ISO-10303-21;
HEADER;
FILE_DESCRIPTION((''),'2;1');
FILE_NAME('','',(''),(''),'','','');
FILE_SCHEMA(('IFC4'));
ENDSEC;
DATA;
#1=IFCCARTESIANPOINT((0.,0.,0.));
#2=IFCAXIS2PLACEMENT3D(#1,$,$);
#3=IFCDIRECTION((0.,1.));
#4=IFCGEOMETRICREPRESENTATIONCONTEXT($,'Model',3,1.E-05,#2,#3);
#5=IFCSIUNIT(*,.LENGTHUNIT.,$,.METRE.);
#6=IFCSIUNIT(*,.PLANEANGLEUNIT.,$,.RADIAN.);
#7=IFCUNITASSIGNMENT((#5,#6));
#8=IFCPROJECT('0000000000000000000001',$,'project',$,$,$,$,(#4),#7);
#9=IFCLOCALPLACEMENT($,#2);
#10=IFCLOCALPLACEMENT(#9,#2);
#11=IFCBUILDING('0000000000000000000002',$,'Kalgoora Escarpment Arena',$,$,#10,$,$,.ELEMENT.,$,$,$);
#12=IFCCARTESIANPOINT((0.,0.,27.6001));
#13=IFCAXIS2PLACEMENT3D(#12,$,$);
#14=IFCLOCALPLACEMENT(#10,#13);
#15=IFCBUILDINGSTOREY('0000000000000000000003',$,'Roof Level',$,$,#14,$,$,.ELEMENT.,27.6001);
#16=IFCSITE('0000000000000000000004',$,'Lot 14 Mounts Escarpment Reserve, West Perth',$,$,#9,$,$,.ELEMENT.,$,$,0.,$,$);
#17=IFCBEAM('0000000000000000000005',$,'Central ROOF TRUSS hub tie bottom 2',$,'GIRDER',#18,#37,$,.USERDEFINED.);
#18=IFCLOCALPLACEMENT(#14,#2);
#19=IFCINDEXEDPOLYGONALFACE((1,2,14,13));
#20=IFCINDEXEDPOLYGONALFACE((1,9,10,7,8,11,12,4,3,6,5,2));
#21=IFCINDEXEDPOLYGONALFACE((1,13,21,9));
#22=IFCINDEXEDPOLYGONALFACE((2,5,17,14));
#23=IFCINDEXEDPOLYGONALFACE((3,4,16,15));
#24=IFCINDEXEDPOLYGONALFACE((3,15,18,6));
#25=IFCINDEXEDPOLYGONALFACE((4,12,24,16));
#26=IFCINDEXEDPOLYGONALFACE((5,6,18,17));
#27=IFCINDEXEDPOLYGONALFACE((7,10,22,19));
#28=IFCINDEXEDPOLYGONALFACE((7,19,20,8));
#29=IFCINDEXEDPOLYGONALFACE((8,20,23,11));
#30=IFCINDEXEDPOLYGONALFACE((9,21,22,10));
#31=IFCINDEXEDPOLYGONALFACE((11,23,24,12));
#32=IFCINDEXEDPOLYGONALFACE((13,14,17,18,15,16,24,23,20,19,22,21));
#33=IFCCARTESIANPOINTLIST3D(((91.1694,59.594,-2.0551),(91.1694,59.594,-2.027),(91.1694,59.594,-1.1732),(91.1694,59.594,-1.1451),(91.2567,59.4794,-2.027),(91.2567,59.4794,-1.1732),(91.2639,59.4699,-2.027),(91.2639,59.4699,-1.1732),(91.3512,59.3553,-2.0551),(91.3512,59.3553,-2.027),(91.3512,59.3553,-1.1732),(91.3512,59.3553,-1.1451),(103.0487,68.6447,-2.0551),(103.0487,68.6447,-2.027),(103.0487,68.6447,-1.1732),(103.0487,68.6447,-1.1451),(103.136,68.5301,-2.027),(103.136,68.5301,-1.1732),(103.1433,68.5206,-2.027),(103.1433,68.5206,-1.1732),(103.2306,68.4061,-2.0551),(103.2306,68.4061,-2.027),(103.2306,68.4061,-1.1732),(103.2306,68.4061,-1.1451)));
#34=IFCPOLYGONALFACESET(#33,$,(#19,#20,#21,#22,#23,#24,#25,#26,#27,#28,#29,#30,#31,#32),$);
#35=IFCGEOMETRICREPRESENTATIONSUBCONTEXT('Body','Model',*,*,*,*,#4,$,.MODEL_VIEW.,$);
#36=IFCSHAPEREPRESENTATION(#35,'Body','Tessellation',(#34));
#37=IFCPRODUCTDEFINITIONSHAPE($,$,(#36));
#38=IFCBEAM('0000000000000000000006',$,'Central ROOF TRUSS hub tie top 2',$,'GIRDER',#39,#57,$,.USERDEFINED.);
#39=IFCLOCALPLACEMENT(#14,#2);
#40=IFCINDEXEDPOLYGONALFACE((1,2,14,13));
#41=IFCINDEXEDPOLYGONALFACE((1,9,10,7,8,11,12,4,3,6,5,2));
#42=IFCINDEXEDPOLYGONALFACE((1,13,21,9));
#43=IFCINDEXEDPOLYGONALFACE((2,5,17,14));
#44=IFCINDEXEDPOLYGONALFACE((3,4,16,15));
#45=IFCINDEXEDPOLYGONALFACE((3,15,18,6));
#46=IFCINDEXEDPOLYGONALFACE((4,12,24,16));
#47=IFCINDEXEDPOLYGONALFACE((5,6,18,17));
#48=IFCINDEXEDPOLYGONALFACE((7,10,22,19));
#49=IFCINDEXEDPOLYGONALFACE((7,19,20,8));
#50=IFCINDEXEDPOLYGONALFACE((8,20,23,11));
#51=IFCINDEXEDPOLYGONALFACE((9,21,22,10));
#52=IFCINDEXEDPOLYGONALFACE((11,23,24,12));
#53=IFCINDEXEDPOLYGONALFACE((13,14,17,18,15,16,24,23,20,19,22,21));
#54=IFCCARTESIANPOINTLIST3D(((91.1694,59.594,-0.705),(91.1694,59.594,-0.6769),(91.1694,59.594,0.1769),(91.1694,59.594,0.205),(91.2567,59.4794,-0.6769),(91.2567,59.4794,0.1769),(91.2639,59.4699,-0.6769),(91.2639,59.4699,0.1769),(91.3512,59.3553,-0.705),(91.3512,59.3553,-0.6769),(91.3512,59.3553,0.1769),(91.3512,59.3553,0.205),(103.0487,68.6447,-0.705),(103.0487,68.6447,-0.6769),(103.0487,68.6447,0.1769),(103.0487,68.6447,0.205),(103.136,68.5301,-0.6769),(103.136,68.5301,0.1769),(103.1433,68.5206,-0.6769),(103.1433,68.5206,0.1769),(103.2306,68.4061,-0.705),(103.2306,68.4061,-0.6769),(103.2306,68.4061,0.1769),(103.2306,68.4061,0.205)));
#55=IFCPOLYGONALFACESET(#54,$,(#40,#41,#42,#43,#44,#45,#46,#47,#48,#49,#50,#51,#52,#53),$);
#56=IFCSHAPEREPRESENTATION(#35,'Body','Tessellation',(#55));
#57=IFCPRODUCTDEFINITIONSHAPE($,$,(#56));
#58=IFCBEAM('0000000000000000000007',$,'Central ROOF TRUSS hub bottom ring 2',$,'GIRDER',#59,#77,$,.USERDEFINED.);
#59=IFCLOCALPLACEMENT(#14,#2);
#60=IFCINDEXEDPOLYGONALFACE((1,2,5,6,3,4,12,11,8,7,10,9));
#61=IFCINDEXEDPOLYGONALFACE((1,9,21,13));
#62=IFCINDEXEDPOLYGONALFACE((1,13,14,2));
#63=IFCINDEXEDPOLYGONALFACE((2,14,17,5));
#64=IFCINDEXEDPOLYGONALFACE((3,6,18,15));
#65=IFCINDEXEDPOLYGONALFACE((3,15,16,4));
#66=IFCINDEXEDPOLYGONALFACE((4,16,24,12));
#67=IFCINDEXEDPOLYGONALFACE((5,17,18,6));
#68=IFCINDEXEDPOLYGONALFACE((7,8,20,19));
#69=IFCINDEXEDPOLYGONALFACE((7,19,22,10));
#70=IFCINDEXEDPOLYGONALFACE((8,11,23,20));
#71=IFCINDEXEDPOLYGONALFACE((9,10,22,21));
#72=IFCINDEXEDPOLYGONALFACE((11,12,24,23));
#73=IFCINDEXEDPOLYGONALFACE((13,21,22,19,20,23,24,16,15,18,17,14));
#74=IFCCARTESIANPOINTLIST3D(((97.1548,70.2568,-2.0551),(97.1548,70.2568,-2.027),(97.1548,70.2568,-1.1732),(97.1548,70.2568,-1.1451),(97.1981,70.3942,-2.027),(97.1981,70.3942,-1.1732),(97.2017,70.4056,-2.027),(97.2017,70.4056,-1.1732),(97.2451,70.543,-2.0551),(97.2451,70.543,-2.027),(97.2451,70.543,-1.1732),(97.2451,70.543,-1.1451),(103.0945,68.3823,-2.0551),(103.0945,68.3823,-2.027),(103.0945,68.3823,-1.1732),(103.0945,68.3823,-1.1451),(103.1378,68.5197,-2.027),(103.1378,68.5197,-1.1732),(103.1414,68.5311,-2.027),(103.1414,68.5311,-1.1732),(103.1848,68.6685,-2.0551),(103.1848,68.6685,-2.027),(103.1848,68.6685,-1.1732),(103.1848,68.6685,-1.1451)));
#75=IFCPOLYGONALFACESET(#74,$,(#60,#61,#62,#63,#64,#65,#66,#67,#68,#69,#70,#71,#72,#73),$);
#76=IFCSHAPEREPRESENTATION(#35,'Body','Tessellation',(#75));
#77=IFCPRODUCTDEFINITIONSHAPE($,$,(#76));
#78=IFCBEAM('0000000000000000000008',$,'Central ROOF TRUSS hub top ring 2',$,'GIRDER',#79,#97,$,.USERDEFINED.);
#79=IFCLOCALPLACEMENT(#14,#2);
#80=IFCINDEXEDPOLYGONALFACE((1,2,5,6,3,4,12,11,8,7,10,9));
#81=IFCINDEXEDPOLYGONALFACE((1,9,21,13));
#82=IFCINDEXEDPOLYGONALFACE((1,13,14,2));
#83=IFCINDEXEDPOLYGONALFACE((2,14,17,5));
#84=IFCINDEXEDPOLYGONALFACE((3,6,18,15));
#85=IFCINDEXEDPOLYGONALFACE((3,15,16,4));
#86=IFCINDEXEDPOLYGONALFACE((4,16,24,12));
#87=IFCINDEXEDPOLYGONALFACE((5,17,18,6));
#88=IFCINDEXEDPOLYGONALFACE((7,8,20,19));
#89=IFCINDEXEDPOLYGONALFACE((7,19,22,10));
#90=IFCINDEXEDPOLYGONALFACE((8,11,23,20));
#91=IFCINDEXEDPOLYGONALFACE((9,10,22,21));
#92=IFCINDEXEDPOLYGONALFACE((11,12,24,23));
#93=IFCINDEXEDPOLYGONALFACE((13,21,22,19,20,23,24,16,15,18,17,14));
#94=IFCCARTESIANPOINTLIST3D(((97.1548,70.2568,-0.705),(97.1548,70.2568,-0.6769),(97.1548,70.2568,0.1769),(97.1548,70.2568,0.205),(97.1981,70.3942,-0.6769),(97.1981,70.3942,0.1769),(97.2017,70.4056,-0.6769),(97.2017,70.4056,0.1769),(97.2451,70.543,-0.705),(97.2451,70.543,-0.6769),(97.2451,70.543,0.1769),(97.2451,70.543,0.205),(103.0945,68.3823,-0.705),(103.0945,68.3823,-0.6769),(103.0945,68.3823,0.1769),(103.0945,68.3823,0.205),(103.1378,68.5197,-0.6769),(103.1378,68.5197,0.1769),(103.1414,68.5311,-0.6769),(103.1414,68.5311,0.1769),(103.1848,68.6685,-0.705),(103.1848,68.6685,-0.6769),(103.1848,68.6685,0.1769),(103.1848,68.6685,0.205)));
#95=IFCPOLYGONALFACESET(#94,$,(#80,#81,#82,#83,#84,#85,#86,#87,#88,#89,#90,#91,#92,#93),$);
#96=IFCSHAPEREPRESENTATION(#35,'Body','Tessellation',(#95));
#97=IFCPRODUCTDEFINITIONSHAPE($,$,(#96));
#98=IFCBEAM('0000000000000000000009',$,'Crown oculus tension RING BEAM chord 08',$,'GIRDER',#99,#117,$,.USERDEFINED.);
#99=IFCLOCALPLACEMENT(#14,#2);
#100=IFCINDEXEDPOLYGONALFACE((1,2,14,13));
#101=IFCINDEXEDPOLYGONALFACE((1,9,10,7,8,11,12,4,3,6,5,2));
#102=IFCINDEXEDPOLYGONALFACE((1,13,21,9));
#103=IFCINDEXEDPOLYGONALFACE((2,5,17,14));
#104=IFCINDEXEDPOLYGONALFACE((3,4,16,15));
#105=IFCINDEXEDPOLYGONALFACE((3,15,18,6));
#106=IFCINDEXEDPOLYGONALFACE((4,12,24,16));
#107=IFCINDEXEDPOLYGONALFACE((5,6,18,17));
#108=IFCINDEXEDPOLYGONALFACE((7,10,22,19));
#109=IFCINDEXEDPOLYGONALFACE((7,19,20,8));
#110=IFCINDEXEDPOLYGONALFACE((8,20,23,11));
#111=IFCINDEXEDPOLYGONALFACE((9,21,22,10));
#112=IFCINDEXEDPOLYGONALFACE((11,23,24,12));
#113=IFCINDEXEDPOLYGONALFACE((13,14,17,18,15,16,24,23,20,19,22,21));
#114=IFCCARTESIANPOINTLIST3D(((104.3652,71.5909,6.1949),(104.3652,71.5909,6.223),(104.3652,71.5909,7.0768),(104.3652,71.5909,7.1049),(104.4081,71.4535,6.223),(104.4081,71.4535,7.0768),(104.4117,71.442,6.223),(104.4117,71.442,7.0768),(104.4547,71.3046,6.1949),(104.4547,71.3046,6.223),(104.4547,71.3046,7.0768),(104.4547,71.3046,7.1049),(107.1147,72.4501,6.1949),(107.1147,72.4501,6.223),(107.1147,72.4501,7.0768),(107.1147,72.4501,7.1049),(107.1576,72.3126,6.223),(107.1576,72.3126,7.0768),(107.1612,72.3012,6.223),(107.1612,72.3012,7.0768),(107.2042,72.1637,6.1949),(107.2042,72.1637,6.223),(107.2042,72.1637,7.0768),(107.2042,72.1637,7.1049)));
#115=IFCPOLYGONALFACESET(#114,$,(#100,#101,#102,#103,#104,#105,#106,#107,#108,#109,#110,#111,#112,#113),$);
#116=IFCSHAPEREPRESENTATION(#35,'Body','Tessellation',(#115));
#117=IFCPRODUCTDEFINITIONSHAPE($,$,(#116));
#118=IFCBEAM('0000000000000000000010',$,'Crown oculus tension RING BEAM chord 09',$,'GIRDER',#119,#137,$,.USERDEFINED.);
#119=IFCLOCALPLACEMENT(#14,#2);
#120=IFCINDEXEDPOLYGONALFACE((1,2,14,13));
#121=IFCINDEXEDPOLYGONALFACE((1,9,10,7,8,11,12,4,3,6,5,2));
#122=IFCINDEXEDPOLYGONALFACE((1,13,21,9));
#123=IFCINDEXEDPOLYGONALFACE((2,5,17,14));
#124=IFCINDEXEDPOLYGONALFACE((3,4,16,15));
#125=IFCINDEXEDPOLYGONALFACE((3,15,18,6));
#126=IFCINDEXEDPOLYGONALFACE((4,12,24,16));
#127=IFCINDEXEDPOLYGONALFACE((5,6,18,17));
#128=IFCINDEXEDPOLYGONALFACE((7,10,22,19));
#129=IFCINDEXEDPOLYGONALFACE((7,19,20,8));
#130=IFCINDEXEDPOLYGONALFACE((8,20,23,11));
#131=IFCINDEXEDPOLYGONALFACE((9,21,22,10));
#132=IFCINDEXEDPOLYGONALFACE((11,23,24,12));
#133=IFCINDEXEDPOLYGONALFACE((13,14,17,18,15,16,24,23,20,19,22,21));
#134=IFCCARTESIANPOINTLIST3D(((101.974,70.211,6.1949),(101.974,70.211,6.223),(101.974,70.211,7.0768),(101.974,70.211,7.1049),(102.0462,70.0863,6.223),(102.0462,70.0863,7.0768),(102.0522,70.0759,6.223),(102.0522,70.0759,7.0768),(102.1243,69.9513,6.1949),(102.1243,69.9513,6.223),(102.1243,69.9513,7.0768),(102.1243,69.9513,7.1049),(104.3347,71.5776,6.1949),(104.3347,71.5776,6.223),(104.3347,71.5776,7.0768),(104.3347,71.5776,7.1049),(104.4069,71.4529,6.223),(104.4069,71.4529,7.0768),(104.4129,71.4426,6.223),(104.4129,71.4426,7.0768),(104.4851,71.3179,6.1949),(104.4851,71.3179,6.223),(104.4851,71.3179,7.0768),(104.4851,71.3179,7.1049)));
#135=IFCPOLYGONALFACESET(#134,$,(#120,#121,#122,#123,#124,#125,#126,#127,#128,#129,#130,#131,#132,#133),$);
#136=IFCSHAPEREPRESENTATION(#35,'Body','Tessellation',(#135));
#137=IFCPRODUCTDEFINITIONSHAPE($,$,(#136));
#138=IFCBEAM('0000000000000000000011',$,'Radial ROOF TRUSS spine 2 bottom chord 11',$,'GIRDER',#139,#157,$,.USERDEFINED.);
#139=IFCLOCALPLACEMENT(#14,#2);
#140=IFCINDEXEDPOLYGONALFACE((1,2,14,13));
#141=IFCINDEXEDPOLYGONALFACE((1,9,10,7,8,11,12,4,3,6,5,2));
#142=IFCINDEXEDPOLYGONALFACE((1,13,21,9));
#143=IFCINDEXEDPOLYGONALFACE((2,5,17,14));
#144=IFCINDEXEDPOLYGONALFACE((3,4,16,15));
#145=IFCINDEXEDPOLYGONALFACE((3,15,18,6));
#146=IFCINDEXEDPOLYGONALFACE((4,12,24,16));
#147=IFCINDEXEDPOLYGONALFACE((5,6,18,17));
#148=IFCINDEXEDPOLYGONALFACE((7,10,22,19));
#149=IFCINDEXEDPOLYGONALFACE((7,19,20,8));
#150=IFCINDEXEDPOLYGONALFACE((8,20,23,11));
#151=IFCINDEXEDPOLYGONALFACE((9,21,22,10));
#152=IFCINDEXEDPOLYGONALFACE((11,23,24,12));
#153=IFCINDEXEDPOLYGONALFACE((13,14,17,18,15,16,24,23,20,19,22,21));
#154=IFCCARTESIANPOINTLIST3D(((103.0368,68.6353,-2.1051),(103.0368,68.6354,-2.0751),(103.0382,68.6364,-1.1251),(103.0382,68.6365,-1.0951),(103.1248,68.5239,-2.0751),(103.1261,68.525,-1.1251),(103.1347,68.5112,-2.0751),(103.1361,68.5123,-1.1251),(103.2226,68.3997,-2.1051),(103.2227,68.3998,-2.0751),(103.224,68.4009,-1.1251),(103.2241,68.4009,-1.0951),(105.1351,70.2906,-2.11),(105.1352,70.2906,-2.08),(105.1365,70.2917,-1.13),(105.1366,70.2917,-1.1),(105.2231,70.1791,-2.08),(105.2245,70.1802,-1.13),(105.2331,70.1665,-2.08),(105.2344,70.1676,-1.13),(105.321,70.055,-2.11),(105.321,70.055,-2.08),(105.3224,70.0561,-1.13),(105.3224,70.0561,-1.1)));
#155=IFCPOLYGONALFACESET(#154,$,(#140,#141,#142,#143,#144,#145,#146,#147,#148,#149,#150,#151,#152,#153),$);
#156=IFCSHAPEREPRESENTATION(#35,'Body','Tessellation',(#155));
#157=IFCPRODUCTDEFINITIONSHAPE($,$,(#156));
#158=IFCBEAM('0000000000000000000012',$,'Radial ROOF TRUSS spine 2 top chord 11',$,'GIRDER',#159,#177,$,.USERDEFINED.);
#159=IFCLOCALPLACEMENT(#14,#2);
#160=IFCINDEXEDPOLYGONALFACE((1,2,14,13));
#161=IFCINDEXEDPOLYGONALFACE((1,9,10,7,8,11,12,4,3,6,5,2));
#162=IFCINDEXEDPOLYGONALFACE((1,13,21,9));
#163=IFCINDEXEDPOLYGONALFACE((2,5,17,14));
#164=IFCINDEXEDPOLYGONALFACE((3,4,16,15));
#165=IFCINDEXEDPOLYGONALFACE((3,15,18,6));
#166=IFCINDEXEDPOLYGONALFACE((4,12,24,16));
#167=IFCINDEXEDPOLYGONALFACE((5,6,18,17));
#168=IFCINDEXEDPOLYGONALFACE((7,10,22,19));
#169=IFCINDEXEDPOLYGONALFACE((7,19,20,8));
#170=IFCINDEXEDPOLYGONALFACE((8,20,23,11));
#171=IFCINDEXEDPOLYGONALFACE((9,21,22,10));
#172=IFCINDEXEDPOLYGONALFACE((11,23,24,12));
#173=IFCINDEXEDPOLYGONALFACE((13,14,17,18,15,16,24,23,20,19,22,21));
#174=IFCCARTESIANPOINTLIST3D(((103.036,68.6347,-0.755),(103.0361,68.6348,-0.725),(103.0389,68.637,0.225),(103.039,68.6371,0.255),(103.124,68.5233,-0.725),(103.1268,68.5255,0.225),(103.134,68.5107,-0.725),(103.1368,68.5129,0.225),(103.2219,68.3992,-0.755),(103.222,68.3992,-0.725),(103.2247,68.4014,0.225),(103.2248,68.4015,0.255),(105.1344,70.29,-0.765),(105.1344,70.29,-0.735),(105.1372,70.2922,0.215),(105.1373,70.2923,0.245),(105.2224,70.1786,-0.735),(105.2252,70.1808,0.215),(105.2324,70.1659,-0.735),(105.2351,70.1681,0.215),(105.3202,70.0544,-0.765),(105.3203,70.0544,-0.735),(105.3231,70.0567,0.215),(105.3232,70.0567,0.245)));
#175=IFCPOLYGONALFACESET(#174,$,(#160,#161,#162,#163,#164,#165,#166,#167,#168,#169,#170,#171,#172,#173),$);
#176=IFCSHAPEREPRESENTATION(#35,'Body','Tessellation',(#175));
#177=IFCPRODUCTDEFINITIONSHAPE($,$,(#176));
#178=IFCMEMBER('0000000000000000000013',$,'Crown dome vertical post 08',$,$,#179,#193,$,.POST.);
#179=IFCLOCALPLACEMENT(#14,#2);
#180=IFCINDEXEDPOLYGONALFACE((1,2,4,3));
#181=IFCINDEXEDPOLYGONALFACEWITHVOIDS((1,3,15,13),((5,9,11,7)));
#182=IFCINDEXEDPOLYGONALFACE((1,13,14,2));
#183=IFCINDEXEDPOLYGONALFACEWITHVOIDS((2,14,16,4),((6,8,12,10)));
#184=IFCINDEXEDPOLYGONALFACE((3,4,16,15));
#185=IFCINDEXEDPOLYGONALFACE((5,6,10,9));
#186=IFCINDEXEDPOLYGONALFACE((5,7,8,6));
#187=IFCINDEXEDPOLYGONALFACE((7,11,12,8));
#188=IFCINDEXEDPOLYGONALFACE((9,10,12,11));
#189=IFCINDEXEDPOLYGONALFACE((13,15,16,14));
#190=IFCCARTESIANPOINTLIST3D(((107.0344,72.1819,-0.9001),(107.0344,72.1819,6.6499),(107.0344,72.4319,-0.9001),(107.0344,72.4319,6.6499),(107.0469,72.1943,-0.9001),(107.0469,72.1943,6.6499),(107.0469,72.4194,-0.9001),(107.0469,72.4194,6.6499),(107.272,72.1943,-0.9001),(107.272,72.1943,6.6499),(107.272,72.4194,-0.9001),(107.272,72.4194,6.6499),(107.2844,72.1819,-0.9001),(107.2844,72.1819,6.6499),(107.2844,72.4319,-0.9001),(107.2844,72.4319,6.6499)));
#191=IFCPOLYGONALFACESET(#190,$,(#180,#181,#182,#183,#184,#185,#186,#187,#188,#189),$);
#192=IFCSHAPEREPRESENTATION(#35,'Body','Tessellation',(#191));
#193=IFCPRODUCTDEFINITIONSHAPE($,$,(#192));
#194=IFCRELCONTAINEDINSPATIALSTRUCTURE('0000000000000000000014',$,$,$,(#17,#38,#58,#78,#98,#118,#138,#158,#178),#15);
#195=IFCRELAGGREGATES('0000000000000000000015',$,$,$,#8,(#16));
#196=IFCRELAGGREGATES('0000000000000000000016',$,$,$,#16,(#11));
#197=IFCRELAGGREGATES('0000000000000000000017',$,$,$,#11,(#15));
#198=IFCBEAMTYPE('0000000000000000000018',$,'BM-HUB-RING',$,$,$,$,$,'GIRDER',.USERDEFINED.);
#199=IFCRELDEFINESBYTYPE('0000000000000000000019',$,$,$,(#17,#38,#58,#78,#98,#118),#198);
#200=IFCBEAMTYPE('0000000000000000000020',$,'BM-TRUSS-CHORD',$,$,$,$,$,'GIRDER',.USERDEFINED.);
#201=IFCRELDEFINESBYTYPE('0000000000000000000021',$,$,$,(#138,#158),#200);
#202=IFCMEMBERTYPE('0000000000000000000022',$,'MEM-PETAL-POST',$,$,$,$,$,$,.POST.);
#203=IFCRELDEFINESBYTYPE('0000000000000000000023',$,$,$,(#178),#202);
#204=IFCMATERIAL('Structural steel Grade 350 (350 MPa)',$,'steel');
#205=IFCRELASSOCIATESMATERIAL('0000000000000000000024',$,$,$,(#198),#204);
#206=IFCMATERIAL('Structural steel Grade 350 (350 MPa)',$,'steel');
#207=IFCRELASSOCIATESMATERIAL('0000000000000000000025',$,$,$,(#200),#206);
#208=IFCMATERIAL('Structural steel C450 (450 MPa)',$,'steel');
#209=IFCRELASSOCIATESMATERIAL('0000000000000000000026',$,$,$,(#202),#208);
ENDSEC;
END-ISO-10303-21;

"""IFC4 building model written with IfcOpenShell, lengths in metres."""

from ifc_helpers import new_model, si_unit, direction, frame, origin, origin_2d, place, context, subcontext, project, spatial, hollow_rectangle, i_section, extrude, material, material_profile, profile_set, type_object, element, save


model = new_model("IFC4")

# Units and contexts
model_context = context("Model", 3, precision=1e-05, world=origin(), true_north=direction((0.0, 1.0)))
body_context = subcontext(model_context, "Body", "Model", "MODEL_VIEW")
ifc_project = project(units=[si_unit("LENGTHUNIT", "METRE"), si_unit("PLANEANGLEUNIT", "RADIAN")], contexts=[model_context])

# Site, building, storey
site_placement = place(None, origin())
site = spatial("IfcSite", under=ifc_project, at=site_placement, Name="Lot 14 Mounts Escarpment Reserve, West Perth", CompositionType="ELEMENT", RefElevation=0.0)
building_placement = place(site_placement, origin())
building = spatial("IfcBuilding", under=site, at=building_placement, Name="Kalgoora Escarpment Arena", CompositionType="ELEMENT")
storey_placement = place(building_placement, frame((0.0, 0.0, 27.6001)))
storey = spatial("IfcBuildingStorey", under=building, at=storey_placement, Name="Roof Level", CompositionType="ELEMENT", Elevation=27.6001)

# Beams
ifc_material_1 = material(Name="Structural steel Grade 350 (350 MPa)", Category="steel")
ifc_material_profile_1 = material_profile(ifc_material_1, i_section(OverallWidth=0.3, OverallDepth=0.9099, WebThickness=0.012, FlangeThickness=0.0281, at=origin_2d()))
ifc_profile_set_1 = profile_set([ifc_material_profile_1], Name="Structural steel Grade 350 (350 MPa)")
beam_type_1 = type_object("IfcBeamType", Name="BM-HUB-RING", ElementType="GIRDER", PredefinedType="USERDEFINED", material=ifc_profile_set_1)
for number, where, z_axis, x_axis, name in (
    (1, (103.1396, 68.5254, -1.6001), (-0.795438, -0.606035, 0.0), (0.606035, -0.795438, 0.0), "Central ROOF TRUSS hub tie bottom 2"),
    (2, (103.1396, 68.5254, -0.25), (-0.795438, -0.606035, 0.0), (0.606035, -0.795438, 0.0), "Central ROOF TRUSS hub tie top 2"),
):
    element("IfcBeam", number, at=place(storey_placement, frame(where, z_axis=z_axis, x_axis=x_axis)), inside=storey, type_object=beam_type_1, Name=name, ObjectType="GIRDER", PredefinedType="USERDEFINED", context=body_context, shape_type="SweptSolid", body=[
        extrude(i_section(OverallWidth=0.3, OverallDepth=0.9099, WebThickness=0.012, FlangeThickness=0.0281, at=origin_2d()), origin(), (0.0, 0.0, 1.0), 14.9343),
    ])
for number, where, z_axis, x_axis, name in (
    (3, (103.1396, 68.5254, -1.6001), (-0.953637, 0.300959, 0.0), (-0.300959, -0.953637, 0.0), "Central ROOF TRUSS hub bottom ring 2"),
    (4, (103.1396, 68.5254, -0.25), (-0.953637, 0.300959, 0.0), (-0.300959, -0.953637, 0.0), "Central ROOF TRUSS hub top ring 2"),
):
    element("IfcBeam", number, at=place(storey_placement, frame(where, z_axis=z_axis, x_axis=x_axis)), inside=storey, type_object=beam_type_1, Name=name, ObjectType="GIRDER", PredefinedType="USERDEFINED", context=body_context, shape_type="SweptSolid", body=[
        extrude(i_section(OverallWidth=0.3, OverallDepth=0.9099, WebThickness=0.012, FlangeThickness=0.0281, at=origin_2d()), origin(), (0.0, 0.0, 1.0), 6.2285),
    ])
beam_1_placement = place(storey_placement, frame((107.1594, 72.3069, 6.6499), z_axis=(-0.954489, -0.298246, 0.0), x_axis=(0.298246, -0.954489, 0.0)))
element("IfcBeam", 5, at=beam_1_placement, inside=storey, type_object=beam_type_1, Name="Crown oculus tension RING BEAM chord 08", ObjectType="GIRDER", PredefinedType="USERDEFINED", context=body_context, shape_type="SweptSolid", body=[
    extrude(i_section(OverallWidth=0.3, OverallDepth=0.9099, WebThickness=0.012, FlangeThickness=0.0281, at=origin_2d()), origin(), (0.0, 0.0, 1.0), 2.8806),
])
beam_2_placement = place(storey_placement, frame((104.4099, 71.4478, 6.6499), z_axis=(-0.865443, -0.501008, 0.0), x_axis=(0.501008, -0.865443, 0.0)))
element("IfcBeam", 6, at=beam_2_placement, inside=storey, type_object=beam_type_1, Name="Crown oculus tension RING BEAM chord 09", ObjectType="GIRDER", PredefinedType="USERDEFINED", context=body_context, shape_type="SweptSolid", body=[
    extrude(i_section(OverallWidth=0.3, OverallDepth=0.9099, WebThickness=0.012, FlangeThickness=0.0281, at=origin_2d()), origin(), (0.0, 0.0, 1.0), 2.7278),
])
ifc_material_2 = material(Name="Structural steel Grade 350 (350 MPa)", Category="steel")
ifc_material_profile_2 = material_profile(ifc_material_2, i_section(OverallWidth=0.3, OverallDepth=1.01, WebThickness=0.0161, FlangeThickness=0.03, at=origin_2d()))
ifc_profile_set_2 = profile_set([ifc_material_profile_2], Name="Structural steel Grade 350 (350 MPa)")
beam_type_2 = type_object("IfcBeamType", Name="BM-TRUSS-CHORD", ElementType="GIRDER", PredefinedType="USERDEFINED", material=ifc_profile_set_2)
for number, where, z_axis, x_axis, name in (
    (7, (105.2288, 70.1733, -1.605), (-0.785127, -0.619332, 0.001827), (0.619333, -0.785128, 0.0), "Radial ROOF TRUSS spine 2 bottom chord 11"),
    (8, (105.2288, 70.1733, -0.26), (-0.785123, -0.619329, 0.003745), (0.619333, -0.785128, 0.0), "Radial ROOF TRUSS spine 2 top chord 11"),
):
    element("IfcBeam", number, at=place(storey_placement, frame(where, z_axis=z_axis, x_axis=x_axis)), inside=storey, type_object=beam_type_2, Name=name, ObjectType="GIRDER", PredefinedType="USERDEFINED", context=body_context, shape_type="SweptSolid", body=[
        extrude(i_section(OverallWidth=0.3, OverallDepth=1.01, WebThickness=0.0161, FlangeThickness=0.03, at=origin_2d()), origin(), (0.0, 0.0, 1.0), 2.6726),
    ])

# Member
ifc_material_3 = material(Name="Structural steel C450 (450 MPa)", Category="steel")
ifc_material_profile_3 = material_profile(ifc_material_3, hollow_rectangle(XDim=0.25, YDim=0.25, WallThickness=0.0125, at=origin_2d()))
ifc_profile_set_3 = profile_set([ifc_material_profile_3], Name="Structural steel C450 (450 MPa)")
member_type_1 = type_object("IfcMemberType", Name="MEM-PETAL-POST", PredefinedType="POST", material=ifc_profile_set_3)
for number, where, z_axis, x_axis, name in (
    (9, (107.1594, 72.3069, -0.9001), (0.0, 0.0, 1.0), (1.0, 0.0, 0.0), "Crown dome vertical post 08"),
):
    element("IfcMember", number, at=place(storey_placement, frame(where, z_axis=z_axis, x_axis=x_axis)), inside=storey, type_object=member_type_1, Name=name, PredefinedType="POST", context=body_context, shape_type="SweptSolid", body=[
        extrude(hollow_rectangle(XDim=0.25, YDim=0.25, WallThickness=0.0125, at=origin_2d()), origin(), (0.0, 0.0, 1.0), 7.55),
    ])

save(model, "model.ifc")
